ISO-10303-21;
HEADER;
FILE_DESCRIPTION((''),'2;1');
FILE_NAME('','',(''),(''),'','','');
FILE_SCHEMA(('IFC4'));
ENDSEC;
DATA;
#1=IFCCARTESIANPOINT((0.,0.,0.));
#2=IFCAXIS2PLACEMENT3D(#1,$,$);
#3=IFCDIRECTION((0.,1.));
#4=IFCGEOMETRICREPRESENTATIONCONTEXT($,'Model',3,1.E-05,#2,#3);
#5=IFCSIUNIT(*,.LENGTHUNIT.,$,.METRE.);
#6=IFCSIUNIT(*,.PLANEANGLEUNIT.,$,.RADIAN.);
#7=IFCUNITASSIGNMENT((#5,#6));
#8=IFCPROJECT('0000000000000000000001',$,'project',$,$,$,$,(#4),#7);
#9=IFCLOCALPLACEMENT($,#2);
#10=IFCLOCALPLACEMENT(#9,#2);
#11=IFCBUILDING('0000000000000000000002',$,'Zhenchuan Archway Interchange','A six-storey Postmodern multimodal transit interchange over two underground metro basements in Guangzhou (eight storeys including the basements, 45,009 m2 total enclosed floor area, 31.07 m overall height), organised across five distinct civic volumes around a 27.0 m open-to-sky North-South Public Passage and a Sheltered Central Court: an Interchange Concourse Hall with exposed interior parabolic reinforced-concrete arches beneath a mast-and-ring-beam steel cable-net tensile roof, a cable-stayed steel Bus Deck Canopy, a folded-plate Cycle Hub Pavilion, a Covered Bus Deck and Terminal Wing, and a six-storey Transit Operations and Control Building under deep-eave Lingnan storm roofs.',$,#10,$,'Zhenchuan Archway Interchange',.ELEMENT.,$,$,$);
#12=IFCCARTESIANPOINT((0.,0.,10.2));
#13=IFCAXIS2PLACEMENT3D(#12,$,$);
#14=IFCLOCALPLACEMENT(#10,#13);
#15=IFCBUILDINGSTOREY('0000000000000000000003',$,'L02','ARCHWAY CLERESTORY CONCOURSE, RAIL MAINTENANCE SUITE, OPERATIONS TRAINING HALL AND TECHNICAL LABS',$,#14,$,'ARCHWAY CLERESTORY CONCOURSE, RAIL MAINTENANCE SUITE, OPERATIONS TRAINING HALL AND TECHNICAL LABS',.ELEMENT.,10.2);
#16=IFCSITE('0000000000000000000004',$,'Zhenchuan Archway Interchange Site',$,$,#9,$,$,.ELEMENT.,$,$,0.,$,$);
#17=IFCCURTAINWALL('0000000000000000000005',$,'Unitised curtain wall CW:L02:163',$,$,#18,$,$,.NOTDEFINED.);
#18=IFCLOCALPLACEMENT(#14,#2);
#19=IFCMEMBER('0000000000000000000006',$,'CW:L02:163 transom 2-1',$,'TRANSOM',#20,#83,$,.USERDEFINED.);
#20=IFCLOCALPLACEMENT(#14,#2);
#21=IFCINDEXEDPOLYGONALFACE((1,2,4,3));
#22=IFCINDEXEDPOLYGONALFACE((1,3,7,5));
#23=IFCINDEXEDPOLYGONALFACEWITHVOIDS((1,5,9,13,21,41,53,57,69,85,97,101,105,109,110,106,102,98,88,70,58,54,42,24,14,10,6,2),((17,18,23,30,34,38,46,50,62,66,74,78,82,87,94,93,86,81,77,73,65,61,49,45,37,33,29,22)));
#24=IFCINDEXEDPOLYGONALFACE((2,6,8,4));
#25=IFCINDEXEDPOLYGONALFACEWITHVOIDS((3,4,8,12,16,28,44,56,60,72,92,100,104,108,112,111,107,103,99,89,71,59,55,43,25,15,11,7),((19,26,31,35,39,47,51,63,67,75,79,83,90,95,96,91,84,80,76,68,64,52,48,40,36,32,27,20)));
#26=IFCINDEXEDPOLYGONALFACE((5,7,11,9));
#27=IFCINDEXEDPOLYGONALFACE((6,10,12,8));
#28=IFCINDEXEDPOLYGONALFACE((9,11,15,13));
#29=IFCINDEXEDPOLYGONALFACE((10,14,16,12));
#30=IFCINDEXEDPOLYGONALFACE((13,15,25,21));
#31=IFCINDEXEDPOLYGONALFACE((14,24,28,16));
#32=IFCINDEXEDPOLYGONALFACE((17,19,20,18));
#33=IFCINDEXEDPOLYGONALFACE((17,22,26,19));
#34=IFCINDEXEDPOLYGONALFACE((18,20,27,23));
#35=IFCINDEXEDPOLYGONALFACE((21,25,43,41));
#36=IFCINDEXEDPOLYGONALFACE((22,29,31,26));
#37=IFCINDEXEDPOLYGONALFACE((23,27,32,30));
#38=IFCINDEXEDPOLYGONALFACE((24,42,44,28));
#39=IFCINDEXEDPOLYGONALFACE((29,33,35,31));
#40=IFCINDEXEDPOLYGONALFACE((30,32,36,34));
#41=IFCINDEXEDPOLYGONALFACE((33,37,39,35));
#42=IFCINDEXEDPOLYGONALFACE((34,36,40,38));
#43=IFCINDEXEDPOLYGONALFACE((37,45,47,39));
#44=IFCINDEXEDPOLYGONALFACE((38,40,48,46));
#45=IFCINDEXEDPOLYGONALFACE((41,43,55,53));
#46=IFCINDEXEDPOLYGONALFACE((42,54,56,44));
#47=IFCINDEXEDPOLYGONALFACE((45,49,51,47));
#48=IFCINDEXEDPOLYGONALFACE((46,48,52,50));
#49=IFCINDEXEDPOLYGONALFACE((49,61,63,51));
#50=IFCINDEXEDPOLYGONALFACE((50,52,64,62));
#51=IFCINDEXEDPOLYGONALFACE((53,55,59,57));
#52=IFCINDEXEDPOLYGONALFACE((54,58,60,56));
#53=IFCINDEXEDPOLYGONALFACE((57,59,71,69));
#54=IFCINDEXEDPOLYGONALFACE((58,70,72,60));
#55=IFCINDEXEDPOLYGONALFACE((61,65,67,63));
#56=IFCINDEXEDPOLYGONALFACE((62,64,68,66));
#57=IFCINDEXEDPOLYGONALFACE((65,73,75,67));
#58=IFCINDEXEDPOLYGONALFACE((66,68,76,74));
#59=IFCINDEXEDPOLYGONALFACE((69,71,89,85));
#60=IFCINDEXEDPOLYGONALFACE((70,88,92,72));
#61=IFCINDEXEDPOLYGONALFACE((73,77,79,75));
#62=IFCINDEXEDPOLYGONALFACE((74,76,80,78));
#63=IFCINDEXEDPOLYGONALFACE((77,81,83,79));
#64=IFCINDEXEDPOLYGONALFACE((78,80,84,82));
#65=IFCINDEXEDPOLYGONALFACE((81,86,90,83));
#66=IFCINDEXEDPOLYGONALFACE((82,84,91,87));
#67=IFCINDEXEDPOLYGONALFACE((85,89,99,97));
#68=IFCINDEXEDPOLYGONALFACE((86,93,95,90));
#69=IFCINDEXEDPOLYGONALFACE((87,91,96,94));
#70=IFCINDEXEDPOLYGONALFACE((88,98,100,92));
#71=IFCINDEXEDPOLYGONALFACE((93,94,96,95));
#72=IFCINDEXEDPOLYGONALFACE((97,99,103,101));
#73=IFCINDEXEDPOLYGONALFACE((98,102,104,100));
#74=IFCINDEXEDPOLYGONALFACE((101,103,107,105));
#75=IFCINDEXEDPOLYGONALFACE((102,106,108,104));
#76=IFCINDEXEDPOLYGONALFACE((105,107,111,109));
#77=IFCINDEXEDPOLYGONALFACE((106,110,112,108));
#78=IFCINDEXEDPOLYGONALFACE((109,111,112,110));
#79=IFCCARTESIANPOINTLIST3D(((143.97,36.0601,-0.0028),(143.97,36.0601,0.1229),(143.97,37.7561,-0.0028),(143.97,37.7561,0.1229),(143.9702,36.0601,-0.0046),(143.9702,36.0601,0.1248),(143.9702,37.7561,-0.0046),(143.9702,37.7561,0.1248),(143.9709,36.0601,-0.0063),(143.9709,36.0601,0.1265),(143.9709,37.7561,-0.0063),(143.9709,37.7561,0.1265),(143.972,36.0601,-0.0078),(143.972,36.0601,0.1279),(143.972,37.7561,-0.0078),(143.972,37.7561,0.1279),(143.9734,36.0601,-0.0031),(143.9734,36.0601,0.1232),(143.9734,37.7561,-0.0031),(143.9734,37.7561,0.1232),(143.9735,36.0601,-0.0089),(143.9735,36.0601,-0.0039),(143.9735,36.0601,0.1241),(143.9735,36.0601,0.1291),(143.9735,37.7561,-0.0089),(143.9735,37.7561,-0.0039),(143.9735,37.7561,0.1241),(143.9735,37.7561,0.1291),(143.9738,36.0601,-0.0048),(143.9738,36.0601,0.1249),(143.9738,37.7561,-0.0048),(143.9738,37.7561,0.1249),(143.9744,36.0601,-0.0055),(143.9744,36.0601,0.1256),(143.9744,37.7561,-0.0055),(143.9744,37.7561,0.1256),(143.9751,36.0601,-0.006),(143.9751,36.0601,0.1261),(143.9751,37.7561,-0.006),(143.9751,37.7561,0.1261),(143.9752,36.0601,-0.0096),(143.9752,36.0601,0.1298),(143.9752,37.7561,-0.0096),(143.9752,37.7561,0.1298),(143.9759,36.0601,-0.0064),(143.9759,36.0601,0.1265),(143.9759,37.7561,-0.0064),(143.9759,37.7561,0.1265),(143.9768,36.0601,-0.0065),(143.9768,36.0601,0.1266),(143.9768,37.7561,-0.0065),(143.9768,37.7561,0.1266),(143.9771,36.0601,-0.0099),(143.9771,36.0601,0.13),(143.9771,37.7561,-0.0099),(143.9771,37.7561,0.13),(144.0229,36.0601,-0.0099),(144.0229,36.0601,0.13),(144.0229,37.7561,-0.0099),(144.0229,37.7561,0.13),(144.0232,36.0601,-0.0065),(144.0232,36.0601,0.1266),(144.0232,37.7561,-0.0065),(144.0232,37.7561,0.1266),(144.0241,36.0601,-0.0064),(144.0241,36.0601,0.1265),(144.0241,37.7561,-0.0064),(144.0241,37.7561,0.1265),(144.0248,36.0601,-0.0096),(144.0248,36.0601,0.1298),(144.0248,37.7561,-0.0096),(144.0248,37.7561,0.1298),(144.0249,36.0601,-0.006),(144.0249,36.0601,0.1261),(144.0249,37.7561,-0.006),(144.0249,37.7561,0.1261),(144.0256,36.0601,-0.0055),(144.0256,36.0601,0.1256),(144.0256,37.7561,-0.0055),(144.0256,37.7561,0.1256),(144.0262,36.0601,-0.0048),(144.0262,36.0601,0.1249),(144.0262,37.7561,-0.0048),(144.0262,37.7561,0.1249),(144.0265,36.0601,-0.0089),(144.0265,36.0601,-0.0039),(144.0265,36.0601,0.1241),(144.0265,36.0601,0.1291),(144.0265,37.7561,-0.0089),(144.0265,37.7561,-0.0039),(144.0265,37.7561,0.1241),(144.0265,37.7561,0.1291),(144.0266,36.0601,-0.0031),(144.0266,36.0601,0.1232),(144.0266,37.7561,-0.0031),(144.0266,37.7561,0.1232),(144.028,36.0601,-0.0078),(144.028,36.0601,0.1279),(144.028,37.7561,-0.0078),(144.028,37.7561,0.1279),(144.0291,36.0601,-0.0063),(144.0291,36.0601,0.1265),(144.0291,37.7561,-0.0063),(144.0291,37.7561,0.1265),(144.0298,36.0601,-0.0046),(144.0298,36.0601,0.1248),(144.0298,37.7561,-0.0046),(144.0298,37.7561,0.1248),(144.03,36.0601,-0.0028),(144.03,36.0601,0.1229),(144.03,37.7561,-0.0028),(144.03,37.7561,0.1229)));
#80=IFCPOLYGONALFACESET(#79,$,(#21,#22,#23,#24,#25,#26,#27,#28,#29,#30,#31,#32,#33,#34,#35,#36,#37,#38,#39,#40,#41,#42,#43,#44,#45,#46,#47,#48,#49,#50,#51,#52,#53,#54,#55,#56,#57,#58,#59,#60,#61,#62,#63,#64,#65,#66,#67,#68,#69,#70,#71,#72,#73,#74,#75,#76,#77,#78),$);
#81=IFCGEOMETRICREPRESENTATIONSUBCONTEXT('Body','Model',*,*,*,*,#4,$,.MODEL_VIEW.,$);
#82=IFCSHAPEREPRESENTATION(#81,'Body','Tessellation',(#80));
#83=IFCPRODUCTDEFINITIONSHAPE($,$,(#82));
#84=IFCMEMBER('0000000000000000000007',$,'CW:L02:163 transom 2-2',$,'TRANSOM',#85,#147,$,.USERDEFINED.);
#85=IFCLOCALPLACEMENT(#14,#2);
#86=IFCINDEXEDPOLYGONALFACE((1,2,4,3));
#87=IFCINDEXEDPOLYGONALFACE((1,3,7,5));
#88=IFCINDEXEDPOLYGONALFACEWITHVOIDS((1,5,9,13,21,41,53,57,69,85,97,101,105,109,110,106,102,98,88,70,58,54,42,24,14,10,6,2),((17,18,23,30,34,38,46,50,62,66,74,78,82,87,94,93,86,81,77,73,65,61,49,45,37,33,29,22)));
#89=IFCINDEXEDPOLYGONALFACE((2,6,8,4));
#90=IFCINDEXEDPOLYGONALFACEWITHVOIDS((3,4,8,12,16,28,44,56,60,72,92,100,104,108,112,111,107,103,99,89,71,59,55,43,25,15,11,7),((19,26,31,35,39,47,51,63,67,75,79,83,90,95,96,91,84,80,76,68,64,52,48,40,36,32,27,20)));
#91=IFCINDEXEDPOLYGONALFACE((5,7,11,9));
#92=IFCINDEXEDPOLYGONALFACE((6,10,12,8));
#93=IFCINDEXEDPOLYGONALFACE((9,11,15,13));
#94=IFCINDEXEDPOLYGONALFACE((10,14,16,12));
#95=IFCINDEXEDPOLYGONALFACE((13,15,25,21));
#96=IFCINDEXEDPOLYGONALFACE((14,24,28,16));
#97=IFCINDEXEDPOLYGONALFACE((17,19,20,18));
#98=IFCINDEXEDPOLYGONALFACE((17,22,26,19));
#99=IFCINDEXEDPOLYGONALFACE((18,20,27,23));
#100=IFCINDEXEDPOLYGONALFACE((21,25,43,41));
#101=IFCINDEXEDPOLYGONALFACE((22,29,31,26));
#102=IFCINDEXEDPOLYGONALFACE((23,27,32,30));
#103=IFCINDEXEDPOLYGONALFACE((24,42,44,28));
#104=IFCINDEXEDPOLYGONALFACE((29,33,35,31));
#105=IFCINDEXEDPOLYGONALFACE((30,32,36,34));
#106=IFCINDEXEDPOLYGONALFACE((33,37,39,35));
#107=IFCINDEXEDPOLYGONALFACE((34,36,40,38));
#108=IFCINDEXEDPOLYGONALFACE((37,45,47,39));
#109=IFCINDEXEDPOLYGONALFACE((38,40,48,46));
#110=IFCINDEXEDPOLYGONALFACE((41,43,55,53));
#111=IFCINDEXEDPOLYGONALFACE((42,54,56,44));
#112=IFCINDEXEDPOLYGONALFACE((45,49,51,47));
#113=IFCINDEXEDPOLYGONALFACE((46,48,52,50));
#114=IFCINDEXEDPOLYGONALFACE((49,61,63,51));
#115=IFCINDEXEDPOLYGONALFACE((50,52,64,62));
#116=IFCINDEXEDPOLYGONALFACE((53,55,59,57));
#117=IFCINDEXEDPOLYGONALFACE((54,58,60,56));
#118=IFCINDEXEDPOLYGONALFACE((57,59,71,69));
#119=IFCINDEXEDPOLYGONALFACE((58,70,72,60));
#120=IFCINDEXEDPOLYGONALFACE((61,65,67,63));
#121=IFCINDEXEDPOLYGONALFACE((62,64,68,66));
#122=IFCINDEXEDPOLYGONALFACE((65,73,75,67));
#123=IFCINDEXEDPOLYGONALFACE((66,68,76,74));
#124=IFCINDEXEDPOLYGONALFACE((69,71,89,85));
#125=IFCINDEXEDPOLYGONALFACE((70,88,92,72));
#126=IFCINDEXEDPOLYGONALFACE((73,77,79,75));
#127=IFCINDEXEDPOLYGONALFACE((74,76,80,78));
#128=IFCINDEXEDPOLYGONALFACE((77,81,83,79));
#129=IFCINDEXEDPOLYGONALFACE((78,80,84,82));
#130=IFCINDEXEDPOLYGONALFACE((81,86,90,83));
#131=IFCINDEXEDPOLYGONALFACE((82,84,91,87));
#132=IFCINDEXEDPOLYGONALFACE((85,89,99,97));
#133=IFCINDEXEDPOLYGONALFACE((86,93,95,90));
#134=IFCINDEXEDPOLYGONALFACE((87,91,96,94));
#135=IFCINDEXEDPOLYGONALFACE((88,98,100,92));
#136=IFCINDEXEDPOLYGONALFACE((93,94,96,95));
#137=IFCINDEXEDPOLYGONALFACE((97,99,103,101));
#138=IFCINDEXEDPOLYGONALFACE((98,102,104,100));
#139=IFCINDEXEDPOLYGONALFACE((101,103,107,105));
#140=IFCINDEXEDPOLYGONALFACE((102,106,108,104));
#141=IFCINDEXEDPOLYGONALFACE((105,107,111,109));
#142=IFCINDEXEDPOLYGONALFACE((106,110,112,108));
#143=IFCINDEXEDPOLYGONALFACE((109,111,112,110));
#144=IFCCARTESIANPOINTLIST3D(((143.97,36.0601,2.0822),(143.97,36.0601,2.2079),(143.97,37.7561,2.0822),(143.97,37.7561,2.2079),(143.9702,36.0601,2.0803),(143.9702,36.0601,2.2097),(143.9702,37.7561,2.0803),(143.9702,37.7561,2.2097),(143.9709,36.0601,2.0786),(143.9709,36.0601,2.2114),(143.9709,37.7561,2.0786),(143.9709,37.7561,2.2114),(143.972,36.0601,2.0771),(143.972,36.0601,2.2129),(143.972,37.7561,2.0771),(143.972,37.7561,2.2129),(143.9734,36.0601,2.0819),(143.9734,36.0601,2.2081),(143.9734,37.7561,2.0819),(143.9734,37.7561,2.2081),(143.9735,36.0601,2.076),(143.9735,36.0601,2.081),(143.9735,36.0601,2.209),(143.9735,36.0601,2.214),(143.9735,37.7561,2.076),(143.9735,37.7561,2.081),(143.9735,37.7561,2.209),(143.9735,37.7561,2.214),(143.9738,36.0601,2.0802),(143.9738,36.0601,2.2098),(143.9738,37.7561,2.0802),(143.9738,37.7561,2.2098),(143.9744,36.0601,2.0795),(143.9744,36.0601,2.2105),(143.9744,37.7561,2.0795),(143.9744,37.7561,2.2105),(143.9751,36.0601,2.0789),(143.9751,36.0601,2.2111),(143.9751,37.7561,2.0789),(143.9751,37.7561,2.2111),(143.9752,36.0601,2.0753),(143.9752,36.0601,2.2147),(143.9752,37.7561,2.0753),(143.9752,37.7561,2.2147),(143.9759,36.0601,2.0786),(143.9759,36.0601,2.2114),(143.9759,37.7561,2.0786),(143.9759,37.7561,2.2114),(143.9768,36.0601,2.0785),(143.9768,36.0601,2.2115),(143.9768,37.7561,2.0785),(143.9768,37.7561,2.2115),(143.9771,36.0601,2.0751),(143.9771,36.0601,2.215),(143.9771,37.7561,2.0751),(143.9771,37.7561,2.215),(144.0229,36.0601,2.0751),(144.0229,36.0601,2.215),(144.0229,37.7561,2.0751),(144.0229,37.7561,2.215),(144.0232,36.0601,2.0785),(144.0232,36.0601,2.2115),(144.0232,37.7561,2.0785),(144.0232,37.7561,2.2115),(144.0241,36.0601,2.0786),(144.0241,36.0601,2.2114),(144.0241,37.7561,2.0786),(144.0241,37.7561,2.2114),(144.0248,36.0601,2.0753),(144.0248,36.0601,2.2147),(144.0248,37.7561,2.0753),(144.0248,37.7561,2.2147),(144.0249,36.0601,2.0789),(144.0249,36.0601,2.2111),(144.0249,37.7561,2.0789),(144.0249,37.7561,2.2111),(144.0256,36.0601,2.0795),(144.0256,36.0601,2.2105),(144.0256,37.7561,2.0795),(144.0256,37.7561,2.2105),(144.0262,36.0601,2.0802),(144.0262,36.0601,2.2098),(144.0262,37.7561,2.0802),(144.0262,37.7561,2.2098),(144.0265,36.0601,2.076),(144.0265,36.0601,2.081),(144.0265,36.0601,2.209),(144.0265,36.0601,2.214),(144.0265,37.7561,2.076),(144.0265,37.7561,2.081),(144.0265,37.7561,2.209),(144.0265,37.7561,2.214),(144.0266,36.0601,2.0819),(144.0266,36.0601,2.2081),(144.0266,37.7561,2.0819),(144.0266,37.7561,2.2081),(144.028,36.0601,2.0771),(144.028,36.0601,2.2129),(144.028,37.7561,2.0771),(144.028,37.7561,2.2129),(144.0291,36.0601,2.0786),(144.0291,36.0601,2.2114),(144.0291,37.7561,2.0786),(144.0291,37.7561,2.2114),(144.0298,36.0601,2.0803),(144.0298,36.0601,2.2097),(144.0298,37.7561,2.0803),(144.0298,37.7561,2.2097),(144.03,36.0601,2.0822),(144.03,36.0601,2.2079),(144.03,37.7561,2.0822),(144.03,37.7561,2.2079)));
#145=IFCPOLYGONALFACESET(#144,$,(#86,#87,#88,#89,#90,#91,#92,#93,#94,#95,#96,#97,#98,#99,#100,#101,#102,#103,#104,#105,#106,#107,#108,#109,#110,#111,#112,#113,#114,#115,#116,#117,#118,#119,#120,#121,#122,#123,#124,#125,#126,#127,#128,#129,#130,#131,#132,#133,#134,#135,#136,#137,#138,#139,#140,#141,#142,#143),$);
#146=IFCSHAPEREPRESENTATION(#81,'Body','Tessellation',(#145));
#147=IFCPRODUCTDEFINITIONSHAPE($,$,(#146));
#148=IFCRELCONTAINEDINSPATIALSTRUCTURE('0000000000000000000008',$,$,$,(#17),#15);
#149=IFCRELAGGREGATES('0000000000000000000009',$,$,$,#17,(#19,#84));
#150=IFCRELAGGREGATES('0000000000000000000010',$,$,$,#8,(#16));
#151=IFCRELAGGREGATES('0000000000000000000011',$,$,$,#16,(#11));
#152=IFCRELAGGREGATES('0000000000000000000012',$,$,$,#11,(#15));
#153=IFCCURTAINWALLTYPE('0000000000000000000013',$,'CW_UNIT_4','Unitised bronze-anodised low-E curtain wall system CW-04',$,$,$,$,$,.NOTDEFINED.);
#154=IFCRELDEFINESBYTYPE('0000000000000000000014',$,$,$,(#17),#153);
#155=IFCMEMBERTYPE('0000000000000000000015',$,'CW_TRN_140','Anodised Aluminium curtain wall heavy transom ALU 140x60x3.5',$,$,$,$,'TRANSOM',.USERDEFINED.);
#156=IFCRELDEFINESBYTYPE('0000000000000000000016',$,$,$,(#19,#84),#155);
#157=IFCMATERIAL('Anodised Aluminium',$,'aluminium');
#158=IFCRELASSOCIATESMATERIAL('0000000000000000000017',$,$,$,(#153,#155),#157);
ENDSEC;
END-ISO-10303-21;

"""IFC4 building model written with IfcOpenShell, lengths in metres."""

from ifc_helpers import new_model, si_unit, direction, frame, origin, origin_2d, place, context, subcontext, project, spatial, hollow_rectangle, extrude, material, material_profile, profile_set, type_object, element, aggregate, save


model = new_model("IFC4")

# Units and contexts
model_context = context("Model", 3, precision=1e-05, world=origin(), true_north=direction((0.0, 1.0)))
body_context = subcontext(model_context, "Body", "Model", "MODEL_VIEW")
ifc_project = project(units=[si_unit("LENGTHUNIT", "METRE"), si_unit("PLANEANGLEUNIT", "RADIAN")], contexts=[model_context])

# Site, building, storey
site_placement = place(None, origin())
site = spatial("IfcSite", under=ifc_project, at=site_placement, Name="Zhenchuan Archway Interchange Site", CompositionType="ELEMENT", RefElevation=0.0)
building_placement = place(site_placement, origin())
building = spatial("IfcBuilding", under=site, at=building_placement, Name="Zhenchuan Archway Interchange", Description="A six-storey Postmodern multimodal transit interchange over two underground metro basements in Guangzhou (eight storeys including the basements, 45,009 m2 total enclosed floor area, 31.07 m overall height), organised across five distinct civic volumes around a 27.0 m open-to-sky North-South Public Passage and a Sheltered Central Court: an Interchange Concourse Hall with exposed interior parabolic reinforced-concrete arches beneath a mast-and-ring-beam steel cable-net tensile roof, a cable-stayed steel Bus Deck Canopy, a folded-plate Cycle Hub Pavilion, a Covered Bus Deck and Terminal Wing, and a six-storey Transit Operations and Control Building under deep-eave Lingnan storm roofs.", LongName="Zhenchuan Archway Interchange", CompositionType="ELEMENT")
storey_placement = place(building_placement, frame((0.0, 0.0, 10.2)))
storey = spatial("IfcBuildingStorey", under=building, at=storey_placement, Name="L02", Description="ARCHWAY CLERESTORY CONCOURSE, RAIL MAINTENANCE SUITE, OPERATIONS TRAINING HALL AND TECHNICAL LABS", LongName="ARCHWAY CLERESTORY CONCOURSE, RAIL MAINTENANCE SUITE, OPERATIONS TRAINING HALL AND TECHNICAL LABS", CompositionType="ELEMENT", Elevation=10.2)

# Curtain wall, members
ifc_material_1 = material(Name="Anodised Aluminium", Category="aluminium")
curtain_wall_type = type_object("IfcCurtainWallType", Name="CW_UNIT_4", Description="Unitised bronze-anodised low-E curtain wall system CW-04", PredefinedType="NOTDEFINED", material=ifc_material_1)
curtain_wall_placement = place(storey_placement, origin())
curtain_wall = element("IfcCurtainWall", 1, at=curtain_wall_placement, inside=storey, type_object=curtain_wall_type, Name="Unitised curtain wall CW:L02:163", PredefinedType="NOTDEFINED")
ifc_material_profile_1 = material_profile(ifc_material_1, hollow_rectangle(XDim=0.0601, YDim=0.1399, WallThickness=0.0034, InnerFilletRadius=0.0034, OuterFilletRadius=0.0071, at=origin_2d()), Name="ALU 140x60x3.5")
ifc_profile_set_1 = profile_set([ifc_material_profile_1], Name="Anodised Aluminium")
member_type_1 = type_object("IfcMemberType", Name="CW_TRN_140", Description="Anodised Aluminium curtain wall heavy transom ALU 140x60x3.5", ElementType="TRANSOM", PredefinedType="USERDEFINED", material=ifc_profile_set_1)
member_1_placement = place(storey_placement, frame((144.0, 36.0601, 0.0601), z_axis=(0.0, 1.0, 0.0), x_axis=(-1.0, 0.0, 0.0)))
member_1 = element("IfcMember", 2, at=member_1_placement, type_object=member_type_1, Name="CW:L02:163 transom 2-1", ObjectType="TRANSOM", PredefinedType="USERDEFINED", context=body_context, shape_type="SweptSolid", body=[
    extrude(hollow_rectangle(XDim=0.0601, YDim=0.1399, WallThickness=0.0034, InnerFilletRadius=0.0034, OuterFilletRadius=0.0071, at=origin_2d()), origin(), (0.0, 0.0, 1.0), 1.696),
])
member_2_placement = place(storey_placement, frame((144.0, 36.0601, 2.145), z_axis=(0.0, 1.0, 0.0), x_axis=(-1.0, 0.0, 0.0)))
member_2 = element("IfcMember", 3, at=member_2_placement, type_object=member_type_1, Name="CW:L02:163 transom 2-2", ObjectType="TRANSOM", PredefinedType="USERDEFINED", context=body_context, shape_type="SweptSolid", body=[
    extrude(hollow_rectangle(XDim=0.0601, YDim=0.1399, WallThickness=0.0034, InnerFilletRadius=0.0034, OuterFilletRadius=0.0071, at=origin_2d()), origin(), (0.0, 0.0, 1.0), 1.696),
])

aggregate(curtain_wall, [member_1, member_2])

save(model, "model.ifc")
